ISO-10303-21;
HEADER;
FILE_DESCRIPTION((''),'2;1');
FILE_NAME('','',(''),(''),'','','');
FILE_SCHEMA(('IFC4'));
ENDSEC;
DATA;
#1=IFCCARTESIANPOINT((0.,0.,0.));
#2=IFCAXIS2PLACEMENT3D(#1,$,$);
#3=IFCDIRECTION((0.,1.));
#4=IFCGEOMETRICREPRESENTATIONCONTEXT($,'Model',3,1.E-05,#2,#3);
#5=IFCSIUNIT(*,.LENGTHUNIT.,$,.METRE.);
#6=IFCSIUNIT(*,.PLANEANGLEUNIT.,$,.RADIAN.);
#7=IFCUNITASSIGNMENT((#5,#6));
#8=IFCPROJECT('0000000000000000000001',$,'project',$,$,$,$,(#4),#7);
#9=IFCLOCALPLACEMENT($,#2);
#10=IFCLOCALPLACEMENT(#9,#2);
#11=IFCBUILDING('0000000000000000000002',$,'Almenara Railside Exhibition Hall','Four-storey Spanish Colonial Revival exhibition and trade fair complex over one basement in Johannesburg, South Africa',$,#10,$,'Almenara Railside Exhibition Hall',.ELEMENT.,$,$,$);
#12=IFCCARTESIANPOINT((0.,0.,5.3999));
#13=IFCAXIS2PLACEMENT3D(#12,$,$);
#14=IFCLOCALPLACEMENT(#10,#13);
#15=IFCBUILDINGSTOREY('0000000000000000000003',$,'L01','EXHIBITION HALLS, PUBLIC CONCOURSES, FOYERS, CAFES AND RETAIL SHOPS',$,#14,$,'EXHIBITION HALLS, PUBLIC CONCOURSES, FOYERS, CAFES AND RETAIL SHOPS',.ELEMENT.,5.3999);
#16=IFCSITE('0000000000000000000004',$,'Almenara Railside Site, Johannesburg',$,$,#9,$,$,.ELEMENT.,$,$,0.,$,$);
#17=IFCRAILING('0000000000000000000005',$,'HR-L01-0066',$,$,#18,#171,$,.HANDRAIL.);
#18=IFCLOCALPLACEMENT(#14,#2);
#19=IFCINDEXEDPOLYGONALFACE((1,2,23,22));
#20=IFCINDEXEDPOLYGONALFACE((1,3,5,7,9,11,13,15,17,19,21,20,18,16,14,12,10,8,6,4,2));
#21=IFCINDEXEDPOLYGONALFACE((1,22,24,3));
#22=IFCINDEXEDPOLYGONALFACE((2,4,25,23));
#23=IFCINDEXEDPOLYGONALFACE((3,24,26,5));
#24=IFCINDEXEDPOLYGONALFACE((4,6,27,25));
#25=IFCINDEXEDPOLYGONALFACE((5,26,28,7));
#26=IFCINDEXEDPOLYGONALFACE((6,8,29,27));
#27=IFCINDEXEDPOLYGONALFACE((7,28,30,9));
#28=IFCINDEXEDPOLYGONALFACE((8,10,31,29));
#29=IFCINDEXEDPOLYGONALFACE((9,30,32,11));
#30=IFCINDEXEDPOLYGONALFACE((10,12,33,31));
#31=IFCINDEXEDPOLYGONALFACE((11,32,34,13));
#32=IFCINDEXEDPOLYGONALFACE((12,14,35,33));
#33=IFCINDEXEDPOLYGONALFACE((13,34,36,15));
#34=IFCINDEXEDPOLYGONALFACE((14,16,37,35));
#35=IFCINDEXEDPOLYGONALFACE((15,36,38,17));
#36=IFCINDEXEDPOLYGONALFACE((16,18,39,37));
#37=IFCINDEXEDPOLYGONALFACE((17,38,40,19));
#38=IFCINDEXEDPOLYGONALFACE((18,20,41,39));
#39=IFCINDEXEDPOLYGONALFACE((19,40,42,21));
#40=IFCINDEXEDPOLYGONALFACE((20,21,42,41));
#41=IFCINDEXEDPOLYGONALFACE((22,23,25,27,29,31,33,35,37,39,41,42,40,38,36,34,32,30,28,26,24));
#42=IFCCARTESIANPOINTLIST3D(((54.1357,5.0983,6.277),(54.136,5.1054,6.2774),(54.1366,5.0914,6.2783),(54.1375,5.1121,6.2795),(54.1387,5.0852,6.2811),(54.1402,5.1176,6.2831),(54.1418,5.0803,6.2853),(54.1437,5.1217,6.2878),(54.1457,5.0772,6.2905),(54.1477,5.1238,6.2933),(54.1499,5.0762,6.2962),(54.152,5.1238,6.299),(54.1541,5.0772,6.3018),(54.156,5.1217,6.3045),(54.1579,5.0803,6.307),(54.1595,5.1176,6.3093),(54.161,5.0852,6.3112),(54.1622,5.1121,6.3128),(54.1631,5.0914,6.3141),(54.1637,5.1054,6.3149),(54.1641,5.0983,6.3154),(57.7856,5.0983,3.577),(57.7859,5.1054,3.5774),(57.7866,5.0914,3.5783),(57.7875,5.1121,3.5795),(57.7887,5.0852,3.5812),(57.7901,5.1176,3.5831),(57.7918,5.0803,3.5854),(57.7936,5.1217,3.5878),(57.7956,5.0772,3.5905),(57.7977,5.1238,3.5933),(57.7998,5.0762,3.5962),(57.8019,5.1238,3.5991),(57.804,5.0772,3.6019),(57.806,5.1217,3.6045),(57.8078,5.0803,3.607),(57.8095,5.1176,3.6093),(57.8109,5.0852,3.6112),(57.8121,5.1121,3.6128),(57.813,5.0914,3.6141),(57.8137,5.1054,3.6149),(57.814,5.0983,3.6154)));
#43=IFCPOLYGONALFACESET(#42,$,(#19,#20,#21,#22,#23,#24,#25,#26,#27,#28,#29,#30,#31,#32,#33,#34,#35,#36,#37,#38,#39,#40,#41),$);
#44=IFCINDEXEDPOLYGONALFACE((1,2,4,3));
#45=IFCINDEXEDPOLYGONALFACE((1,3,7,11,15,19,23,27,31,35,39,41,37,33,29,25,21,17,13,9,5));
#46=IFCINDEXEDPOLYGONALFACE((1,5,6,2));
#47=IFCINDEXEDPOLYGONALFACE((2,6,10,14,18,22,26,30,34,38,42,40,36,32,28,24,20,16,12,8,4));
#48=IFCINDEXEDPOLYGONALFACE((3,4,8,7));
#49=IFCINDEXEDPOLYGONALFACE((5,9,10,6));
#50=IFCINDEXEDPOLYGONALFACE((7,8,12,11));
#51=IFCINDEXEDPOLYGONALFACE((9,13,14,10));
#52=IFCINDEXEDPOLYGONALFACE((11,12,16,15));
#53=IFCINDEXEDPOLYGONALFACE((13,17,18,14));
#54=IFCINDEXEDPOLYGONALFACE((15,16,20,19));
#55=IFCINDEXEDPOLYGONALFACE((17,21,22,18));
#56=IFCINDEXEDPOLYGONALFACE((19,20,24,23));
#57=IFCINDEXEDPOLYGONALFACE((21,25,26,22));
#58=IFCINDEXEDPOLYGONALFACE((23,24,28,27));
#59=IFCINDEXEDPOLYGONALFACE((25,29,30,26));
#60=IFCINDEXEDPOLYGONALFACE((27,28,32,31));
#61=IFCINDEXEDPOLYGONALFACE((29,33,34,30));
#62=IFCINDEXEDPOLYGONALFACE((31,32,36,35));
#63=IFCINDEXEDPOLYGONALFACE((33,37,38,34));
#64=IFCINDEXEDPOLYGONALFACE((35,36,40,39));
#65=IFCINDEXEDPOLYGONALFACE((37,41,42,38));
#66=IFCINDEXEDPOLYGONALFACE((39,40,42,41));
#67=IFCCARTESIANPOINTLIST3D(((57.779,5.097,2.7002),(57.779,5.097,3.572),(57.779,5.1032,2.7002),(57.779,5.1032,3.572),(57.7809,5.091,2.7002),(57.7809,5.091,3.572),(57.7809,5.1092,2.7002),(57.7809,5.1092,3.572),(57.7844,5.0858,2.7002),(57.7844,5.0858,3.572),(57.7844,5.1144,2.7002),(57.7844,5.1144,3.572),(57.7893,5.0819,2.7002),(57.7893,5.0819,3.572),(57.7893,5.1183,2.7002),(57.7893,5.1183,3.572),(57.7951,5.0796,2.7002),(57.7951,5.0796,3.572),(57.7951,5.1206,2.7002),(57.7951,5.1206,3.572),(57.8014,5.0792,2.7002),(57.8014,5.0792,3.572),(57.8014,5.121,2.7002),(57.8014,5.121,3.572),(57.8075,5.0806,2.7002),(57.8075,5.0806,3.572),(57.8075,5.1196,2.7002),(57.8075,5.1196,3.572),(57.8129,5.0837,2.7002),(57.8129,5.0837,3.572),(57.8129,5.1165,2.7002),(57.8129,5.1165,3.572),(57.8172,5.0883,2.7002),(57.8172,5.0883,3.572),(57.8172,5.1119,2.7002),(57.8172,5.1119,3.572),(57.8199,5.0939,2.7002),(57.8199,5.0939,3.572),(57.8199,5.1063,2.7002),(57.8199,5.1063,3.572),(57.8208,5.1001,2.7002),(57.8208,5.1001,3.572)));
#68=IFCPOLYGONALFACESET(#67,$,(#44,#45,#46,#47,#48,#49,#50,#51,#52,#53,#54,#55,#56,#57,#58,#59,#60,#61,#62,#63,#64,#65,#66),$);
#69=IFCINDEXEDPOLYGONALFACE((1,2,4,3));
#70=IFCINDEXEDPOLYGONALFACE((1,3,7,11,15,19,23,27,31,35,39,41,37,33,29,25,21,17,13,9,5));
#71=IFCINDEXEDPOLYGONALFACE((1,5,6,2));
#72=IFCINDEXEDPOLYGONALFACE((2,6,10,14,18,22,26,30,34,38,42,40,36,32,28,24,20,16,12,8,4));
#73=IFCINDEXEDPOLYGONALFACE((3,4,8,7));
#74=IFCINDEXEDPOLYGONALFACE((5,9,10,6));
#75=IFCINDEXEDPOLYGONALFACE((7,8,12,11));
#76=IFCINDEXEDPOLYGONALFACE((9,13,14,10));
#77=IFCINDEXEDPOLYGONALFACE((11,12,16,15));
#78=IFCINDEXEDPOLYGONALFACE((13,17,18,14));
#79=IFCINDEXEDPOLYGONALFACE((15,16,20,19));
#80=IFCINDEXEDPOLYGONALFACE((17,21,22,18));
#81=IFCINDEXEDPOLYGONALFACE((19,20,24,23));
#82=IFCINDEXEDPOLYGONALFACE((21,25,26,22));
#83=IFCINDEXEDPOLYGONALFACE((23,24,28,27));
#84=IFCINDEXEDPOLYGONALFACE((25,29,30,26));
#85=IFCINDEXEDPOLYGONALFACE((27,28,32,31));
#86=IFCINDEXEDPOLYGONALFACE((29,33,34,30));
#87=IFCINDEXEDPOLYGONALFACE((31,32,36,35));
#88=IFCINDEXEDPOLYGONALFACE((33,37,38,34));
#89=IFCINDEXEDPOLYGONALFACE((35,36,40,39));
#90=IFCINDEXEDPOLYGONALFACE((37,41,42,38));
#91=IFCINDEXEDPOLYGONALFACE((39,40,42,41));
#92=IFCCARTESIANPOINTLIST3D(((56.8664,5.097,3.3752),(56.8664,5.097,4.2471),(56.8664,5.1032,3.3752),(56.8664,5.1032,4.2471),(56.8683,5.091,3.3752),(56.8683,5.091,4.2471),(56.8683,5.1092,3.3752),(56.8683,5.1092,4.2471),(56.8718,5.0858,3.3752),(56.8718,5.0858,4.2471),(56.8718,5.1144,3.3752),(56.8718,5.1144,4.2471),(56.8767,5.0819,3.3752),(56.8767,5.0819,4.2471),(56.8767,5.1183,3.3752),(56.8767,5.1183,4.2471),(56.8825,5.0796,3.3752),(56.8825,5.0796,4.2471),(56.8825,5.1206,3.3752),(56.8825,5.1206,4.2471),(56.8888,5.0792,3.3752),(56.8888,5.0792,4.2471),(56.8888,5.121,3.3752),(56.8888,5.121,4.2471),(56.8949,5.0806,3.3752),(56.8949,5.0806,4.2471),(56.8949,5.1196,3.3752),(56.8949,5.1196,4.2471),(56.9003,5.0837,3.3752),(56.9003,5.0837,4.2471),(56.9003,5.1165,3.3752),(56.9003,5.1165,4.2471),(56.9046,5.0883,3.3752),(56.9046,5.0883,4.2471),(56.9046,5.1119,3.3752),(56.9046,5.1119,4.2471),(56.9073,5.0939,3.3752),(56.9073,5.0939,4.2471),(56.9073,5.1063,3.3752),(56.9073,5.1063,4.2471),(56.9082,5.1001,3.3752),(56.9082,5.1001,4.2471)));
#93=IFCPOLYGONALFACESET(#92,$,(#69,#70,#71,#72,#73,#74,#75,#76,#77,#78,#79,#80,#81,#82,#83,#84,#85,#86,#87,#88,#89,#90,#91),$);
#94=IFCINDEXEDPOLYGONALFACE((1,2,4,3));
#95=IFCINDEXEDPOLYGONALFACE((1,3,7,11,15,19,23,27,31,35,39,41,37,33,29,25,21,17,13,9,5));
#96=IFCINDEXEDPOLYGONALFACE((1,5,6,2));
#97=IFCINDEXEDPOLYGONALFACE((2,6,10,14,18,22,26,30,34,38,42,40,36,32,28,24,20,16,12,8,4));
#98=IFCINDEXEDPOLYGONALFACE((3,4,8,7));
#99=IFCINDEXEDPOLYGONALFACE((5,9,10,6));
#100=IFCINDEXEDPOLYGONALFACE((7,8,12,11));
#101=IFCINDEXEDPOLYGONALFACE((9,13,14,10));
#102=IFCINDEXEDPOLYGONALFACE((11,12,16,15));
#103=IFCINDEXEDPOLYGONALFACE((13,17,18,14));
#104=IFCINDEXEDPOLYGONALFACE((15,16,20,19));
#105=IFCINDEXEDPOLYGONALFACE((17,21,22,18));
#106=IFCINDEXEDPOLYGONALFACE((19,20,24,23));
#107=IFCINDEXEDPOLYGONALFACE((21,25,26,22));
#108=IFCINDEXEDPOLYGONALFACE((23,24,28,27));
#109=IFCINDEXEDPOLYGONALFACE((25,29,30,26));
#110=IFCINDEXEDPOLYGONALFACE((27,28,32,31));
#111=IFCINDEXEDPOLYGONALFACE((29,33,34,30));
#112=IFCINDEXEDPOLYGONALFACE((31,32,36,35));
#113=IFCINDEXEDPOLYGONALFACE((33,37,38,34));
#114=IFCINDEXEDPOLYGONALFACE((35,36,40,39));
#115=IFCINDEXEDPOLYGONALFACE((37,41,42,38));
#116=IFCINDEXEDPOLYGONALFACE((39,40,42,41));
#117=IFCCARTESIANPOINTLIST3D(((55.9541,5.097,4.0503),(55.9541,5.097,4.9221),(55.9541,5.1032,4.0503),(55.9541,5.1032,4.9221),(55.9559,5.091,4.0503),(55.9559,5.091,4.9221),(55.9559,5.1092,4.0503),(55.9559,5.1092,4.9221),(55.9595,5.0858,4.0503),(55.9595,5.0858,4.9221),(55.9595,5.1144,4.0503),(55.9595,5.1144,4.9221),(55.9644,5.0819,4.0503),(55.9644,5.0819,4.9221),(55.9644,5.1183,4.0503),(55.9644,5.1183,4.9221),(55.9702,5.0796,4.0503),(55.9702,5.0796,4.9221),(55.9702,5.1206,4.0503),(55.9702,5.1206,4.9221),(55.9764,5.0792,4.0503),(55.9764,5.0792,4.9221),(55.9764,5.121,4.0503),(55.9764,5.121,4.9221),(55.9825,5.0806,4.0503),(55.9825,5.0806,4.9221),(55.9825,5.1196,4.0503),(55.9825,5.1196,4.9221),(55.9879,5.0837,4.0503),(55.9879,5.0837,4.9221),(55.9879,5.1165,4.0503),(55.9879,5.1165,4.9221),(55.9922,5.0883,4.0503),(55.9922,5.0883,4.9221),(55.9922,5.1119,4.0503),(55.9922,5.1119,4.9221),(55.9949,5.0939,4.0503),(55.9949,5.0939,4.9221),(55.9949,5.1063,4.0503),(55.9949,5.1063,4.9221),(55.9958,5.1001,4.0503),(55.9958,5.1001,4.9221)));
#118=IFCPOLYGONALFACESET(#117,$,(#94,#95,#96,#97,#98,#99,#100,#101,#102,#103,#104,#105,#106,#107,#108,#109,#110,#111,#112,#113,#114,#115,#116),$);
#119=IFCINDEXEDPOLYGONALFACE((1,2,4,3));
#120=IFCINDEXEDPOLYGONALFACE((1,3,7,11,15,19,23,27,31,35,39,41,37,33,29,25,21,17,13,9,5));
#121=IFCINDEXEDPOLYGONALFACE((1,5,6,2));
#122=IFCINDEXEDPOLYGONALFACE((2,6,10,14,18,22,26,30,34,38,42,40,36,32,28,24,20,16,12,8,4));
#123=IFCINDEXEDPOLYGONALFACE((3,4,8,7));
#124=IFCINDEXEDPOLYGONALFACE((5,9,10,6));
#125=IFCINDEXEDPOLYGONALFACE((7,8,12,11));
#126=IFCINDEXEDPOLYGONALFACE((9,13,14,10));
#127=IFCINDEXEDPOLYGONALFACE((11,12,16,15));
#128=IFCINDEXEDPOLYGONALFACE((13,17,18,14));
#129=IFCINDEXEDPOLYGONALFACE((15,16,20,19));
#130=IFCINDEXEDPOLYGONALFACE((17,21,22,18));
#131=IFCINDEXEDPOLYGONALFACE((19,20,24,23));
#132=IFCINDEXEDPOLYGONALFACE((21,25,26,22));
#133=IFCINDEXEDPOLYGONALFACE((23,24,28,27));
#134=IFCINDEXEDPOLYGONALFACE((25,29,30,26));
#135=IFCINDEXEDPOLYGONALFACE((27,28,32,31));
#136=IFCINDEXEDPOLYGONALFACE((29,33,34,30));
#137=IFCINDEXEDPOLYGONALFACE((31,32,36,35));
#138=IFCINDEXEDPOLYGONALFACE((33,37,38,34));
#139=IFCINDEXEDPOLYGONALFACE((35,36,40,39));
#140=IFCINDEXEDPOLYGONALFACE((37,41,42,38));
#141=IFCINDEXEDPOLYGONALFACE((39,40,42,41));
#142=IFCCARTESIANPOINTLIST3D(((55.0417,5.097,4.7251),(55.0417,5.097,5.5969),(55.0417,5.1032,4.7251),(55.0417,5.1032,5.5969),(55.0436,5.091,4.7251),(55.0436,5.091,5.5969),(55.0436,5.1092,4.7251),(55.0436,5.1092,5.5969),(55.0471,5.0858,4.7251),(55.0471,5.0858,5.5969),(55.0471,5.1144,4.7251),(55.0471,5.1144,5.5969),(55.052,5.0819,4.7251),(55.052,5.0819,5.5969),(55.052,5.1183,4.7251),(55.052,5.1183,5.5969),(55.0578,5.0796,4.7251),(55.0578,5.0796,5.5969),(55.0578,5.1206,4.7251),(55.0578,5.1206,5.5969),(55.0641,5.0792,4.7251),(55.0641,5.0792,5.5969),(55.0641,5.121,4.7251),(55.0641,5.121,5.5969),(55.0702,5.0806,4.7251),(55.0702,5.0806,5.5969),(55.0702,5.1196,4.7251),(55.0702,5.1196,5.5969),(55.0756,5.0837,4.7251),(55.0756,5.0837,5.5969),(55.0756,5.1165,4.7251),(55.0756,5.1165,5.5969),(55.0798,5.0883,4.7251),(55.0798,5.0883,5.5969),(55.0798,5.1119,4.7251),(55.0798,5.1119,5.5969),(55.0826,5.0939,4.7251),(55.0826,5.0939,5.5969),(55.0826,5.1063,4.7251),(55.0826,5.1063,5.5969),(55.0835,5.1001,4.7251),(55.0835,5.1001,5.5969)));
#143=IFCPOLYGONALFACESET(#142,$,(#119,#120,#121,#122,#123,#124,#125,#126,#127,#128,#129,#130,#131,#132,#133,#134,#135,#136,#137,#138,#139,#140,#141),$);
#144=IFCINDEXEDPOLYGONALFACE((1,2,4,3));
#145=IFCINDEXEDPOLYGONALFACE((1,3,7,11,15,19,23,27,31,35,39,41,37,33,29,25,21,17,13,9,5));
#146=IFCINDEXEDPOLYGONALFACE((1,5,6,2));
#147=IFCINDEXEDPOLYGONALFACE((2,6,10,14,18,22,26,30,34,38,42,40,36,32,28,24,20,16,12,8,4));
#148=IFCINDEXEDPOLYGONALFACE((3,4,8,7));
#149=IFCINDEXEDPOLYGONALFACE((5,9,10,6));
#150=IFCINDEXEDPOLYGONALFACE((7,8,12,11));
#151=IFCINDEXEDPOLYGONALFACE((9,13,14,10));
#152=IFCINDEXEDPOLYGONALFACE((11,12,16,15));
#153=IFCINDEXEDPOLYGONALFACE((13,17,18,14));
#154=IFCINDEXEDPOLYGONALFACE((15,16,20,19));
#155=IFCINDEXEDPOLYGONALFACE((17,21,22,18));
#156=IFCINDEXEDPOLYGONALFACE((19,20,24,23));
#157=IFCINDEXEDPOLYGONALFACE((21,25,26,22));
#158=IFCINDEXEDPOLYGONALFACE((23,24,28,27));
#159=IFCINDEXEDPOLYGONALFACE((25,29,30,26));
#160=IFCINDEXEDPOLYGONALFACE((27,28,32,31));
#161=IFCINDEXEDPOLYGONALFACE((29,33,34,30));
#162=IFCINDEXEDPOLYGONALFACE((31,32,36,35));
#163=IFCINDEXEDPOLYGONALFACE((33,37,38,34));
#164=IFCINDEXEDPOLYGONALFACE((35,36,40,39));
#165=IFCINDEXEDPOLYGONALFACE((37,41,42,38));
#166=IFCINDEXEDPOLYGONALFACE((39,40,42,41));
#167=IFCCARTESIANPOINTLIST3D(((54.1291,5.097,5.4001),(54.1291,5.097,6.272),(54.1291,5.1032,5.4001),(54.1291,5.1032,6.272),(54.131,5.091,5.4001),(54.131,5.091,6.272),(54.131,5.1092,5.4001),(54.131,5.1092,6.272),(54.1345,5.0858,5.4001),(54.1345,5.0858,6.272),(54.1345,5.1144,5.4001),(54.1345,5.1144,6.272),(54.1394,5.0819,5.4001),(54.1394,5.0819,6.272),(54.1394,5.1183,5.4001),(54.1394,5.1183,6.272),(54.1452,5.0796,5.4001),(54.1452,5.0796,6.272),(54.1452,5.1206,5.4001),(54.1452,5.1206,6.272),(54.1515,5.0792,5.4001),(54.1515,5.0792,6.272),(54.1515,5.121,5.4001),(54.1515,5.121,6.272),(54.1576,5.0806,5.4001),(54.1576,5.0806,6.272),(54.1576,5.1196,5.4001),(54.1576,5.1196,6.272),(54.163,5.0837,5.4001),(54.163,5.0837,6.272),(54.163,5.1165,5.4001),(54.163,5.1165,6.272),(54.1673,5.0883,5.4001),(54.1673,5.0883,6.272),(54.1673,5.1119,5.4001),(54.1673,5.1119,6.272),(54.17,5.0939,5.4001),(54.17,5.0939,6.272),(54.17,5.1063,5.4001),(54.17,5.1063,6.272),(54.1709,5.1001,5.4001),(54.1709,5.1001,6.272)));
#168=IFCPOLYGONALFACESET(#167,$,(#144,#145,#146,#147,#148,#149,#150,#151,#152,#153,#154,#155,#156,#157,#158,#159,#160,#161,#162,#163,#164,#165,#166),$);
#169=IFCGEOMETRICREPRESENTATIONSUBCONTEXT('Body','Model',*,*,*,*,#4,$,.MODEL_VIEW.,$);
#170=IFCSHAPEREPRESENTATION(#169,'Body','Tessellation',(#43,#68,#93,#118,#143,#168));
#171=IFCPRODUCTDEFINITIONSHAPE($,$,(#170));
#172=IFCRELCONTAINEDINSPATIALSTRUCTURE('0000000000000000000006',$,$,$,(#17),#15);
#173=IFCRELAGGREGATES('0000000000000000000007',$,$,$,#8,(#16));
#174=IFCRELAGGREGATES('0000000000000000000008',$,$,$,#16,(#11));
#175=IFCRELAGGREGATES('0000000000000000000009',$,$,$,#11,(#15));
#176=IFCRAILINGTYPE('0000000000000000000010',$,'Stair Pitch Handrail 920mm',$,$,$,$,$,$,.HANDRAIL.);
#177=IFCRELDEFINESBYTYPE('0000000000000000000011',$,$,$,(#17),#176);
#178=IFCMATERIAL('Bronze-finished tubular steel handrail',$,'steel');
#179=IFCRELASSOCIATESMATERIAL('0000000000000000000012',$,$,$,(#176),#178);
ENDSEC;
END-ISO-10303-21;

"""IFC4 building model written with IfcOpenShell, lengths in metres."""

from ifc_helpers import new_model, si_unit, direction, frame, origin, origin_2d, place, context, subcontext, project, spatial, circle, extrude, material, type_object, element, save


model = new_model("IFC4")

# Units and contexts
model_context = context("Model", 3, precision=1e-05, world=origin(), true_north=direction((0.0, 1.0)))
body_context = subcontext(model_context, "Body", "Model", "MODEL_VIEW")
ifc_project = project(units=[si_unit("LENGTHUNIT", "METRE"), si_unit("PLANEANGLEUNIT", "RADIAN")], contexts=[model_context])

# Site, building, storey
site_placement = place(None, origin())
site = spatial("IfcSite", under=ifc_project, at=site_placement, Name="Almenara Railside Site, Johannesburg", CompositionType="ELEMENT", RefElevation=0.0)
building_placement = place(site_placement, origin())
building = spatial("IfcBuilding", under=site, at=building_placement, Name="Almenara Railside Exhibition Hall", Description="Four-storey Spanish Colonial Revival exhibition and trade fair complex over one basement in Johannesburg, South Africa", LongName="Almenara Railside Exhibition Hall", CompositionType="ELEMENT")
storey_placement = place(building_placement, frame((0.0, 0.0, 5.3999)))
storey = spatial("IfcBuildingStorey", under=building, at=storey_placement, Name="L01", Description="EXHIBITION HALLS, PUBLIC CONCOURSES, FOYERS, CAFES AND RETAIL SHOPS", LongName="EXHIBITION HALLS, PUBLIC CONCOURSES, FOYERS, CAFES AND RETAIL SHOPS", CompositionType="ELEMENT", Elevation=5.3999)

# Railing
ifc_material_1 = material(Name="Bronze-finished tubular steel handrail", Category="steel")
railing_type_1 = type_object("IfcRailingType", Name="Stair Pitch Handrail 920mm", PredefinedType="HANDRAIL", material=ifc_material_1)
railing_1_placement = place(storey_placement, frame((57.7998, 5.1001, 2.7002)))
element("IfcRailing", 1, at=railing_1_placement, inside=storey, type_object=railing_type_1, Name="HR-L01-0066", PredefinedType="HANDRAIL", context=body_context, shape_type="SweptSolid", body=[
    extrude(circle(Radius=0.0239, at=origin_2d()), frame((0.0, 0.0, 0.896), z_axis=(-0.803945, 0.0, 0.594704), x_axis=(0.0, -1.0, 0.0)), (0.0, 0.0, 1.0), 4.54),
    extrude(circle(Radius=0.021, at=origin_2d()), origin(), (0.0, 0.0, 1.0), 0.8718),
    extrude(circle(Radius=0.021, at=origin_2d()), frame((-0.9126, 0.0, 0.675)), (0.0, 0.0, 1.0), 0.8718),
    extrude(circle(Radius=0.021, at=origin_2d()), frame((-1.825, 0.0, 1.3501)), (0.0, 0.0, 1.0), 0.8718),
    extrude(circle(Radius=0.021, at=origin_2d()), frame((-2.7373, 0.0, 2.0249)), (0.0, 0.0, 1.0), 0.8718),
    extrude(circle(Radius=0.021, at=origin_2d()), frame((-3.6499, 0.0, 2.7)), (0.0, 0.0, 1.0), 0.8718),
])

save(model, "model.ifc")
